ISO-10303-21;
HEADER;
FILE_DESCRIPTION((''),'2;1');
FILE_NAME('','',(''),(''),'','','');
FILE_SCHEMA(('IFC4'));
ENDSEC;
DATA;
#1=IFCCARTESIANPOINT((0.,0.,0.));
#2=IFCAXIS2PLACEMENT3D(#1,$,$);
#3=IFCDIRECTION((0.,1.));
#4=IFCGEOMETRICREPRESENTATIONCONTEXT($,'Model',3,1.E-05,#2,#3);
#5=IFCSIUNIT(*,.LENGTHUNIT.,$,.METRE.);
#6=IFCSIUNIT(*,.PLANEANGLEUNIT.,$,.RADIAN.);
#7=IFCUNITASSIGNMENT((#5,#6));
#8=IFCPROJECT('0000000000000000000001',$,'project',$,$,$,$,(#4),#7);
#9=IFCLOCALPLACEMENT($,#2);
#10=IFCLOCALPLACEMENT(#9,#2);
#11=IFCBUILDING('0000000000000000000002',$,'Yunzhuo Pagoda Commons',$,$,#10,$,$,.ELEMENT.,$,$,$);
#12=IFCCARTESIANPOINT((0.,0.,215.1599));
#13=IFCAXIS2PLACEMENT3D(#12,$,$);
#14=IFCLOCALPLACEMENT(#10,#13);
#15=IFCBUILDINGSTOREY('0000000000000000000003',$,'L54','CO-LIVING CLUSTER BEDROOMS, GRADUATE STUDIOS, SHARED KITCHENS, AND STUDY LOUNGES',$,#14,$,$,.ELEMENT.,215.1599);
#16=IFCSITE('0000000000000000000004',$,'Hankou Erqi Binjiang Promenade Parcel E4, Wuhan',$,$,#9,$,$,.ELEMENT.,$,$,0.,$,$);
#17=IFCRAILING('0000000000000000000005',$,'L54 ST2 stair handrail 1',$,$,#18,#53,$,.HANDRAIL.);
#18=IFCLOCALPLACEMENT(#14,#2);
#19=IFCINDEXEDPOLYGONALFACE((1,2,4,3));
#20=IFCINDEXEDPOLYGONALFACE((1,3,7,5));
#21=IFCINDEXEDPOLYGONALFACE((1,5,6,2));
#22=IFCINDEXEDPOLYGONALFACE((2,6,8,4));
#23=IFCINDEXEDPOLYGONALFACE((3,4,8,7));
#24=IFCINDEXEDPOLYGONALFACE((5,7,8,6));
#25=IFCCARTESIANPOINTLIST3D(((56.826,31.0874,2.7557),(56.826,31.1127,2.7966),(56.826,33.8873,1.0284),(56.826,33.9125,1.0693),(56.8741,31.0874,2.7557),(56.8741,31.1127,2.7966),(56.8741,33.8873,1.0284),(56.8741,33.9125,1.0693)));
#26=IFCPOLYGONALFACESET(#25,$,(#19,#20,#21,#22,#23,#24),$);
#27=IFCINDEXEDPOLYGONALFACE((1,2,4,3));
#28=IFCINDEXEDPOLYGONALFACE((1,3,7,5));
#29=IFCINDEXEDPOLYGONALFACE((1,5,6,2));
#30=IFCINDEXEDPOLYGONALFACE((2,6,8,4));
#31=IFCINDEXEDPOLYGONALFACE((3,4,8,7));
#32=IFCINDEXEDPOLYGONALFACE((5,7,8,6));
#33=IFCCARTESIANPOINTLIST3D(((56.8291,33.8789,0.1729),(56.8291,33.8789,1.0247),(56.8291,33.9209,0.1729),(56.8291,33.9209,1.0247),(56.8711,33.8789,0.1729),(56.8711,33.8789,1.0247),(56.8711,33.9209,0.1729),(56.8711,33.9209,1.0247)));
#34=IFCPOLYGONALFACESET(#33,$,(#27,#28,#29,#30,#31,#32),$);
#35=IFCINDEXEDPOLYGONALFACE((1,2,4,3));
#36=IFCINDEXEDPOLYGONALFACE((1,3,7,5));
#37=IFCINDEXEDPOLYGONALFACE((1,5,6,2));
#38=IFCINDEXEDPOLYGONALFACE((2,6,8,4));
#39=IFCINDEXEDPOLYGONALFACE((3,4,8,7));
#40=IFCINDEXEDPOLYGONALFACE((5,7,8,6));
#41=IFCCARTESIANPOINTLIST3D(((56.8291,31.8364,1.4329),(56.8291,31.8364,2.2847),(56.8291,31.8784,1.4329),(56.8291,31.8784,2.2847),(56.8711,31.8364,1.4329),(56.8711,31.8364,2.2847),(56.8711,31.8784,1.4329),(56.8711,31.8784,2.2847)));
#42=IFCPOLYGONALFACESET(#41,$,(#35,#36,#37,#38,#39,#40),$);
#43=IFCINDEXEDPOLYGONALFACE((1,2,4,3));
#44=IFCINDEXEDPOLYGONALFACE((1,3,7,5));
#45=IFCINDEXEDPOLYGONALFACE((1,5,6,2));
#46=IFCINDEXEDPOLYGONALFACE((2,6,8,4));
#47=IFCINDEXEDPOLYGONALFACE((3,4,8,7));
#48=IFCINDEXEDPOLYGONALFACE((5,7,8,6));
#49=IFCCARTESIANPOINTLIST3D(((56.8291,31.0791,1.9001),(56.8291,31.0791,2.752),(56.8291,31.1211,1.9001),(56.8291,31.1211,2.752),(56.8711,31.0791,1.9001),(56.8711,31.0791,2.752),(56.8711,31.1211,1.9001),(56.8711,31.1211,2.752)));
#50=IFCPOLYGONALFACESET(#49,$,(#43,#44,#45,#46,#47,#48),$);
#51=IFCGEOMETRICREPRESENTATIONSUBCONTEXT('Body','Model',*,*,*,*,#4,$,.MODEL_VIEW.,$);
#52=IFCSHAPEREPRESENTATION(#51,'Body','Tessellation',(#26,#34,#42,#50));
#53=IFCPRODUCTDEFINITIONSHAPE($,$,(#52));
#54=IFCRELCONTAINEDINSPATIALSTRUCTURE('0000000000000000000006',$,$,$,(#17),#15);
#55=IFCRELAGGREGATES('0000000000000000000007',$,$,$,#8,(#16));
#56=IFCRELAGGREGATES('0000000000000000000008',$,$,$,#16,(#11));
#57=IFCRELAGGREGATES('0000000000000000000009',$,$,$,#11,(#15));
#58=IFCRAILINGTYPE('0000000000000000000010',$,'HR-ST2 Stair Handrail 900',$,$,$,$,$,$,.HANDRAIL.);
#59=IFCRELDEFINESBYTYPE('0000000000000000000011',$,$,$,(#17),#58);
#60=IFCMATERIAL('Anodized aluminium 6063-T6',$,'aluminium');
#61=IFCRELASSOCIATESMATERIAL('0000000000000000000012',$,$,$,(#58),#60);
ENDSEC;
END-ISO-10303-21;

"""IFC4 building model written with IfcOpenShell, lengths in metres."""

from ifc_helpers import new_model, si_unit, direction, frame, origin, origin_2d, place, context, subcontext, project, spatial, rectangle, extrude, material, type_object, element, save


model = new_model("IFC4")

# Units and contexts
model_context = context("Model", 3, precision=1e-05, world=origin(), true_north=direction((0.0, 1.0)))
body_context = subcontext(model_context, "Body", "Model", "MODEL_VIEW")
ifc_project = project(units=[si_unit("LENGTHUNIT", "METRE"), si_unit("PLANEANGLEUNIT", "RADIAN")], contexts=[model_context])

# Site, building, storey
site_placement = place(None, origin())
site = spatial("IfcSite", under=ifc_project, at=site_placement, Name="Hankou Erqi Binjiang Promenade Parcel E4, Wuhan", CompositionType="ELEMENT", RefElevation=0.0)
building_placement = place(site_placement, origin())
building = spatial("IfcBuilding", under=site, at=building_placement, Name="Yunzhuo Pagoda Commons", CompositionType="ELEMENT")
storey_placement = place(building_placement, frame((0.0, 0.0, 215.1599)))
storey = spatial("IfcBuildingStorey", under=building, at=storey_placement, Name="L54", Description="CO-LIVING CLUSTER BEDROOMS, GRADUATE STUDIOS, SHARED KITCHENS, AND STUDY LOUNGES", CompositionType="ELEMENT", Elevation=215.1599)

# Railing
ifc_material_1 = material(Name="Anodized aluminium 6063-T6", Category="aluminium")
railing_type_1 = type_object("IfcRailingType", Name="HR-ST2 Stair Handrail 900", PredefinedType="HANDRAIL", material=ifc_material_1)
railing_1_placement = place(storey_placement, frame((56.8501, 33.8999, 0.1729)))
element("IfcRailing", 1, at=railing_1_placement, inside=storey, type_object=railing_type_1, Name="L54 ST2 stair handrail 1", PredefinedType="HANDRAIL", context=body_context, shape_type="SweptSolid", body=[
    extrude(rectangle(XDim=0.0481, YDim=0.0481, at=origin_2d()), frame((0.0, 0.0, 0.876), z_axis=(0.0, -0.851069, 0.525054), x_axis=(1.0, 0.0, 0.0)), (0.0, 0.0, 1.0), 3.2898),
    extrude(rectangle(XDim=0.042, YDim=0.042, at=origin_2d()), origin(), (0.0, 0.0, 1.0), 0.8518),
    extrude(rectangle(XDim=0.042, YDim=0.042, at=origin_2d()), frame((0.0, -2.0425, 1.26)), (0.0, 0.0, 1.0), 0.8518),
    extrude(rectangle(XDim=0.042, YDim=0.042, at=origin_2d()), frame((0.0, -2.7998, 1.7273)), (0.0, 0.0, 1.0), 0.8518),
])

save(model, "model.ifc")
